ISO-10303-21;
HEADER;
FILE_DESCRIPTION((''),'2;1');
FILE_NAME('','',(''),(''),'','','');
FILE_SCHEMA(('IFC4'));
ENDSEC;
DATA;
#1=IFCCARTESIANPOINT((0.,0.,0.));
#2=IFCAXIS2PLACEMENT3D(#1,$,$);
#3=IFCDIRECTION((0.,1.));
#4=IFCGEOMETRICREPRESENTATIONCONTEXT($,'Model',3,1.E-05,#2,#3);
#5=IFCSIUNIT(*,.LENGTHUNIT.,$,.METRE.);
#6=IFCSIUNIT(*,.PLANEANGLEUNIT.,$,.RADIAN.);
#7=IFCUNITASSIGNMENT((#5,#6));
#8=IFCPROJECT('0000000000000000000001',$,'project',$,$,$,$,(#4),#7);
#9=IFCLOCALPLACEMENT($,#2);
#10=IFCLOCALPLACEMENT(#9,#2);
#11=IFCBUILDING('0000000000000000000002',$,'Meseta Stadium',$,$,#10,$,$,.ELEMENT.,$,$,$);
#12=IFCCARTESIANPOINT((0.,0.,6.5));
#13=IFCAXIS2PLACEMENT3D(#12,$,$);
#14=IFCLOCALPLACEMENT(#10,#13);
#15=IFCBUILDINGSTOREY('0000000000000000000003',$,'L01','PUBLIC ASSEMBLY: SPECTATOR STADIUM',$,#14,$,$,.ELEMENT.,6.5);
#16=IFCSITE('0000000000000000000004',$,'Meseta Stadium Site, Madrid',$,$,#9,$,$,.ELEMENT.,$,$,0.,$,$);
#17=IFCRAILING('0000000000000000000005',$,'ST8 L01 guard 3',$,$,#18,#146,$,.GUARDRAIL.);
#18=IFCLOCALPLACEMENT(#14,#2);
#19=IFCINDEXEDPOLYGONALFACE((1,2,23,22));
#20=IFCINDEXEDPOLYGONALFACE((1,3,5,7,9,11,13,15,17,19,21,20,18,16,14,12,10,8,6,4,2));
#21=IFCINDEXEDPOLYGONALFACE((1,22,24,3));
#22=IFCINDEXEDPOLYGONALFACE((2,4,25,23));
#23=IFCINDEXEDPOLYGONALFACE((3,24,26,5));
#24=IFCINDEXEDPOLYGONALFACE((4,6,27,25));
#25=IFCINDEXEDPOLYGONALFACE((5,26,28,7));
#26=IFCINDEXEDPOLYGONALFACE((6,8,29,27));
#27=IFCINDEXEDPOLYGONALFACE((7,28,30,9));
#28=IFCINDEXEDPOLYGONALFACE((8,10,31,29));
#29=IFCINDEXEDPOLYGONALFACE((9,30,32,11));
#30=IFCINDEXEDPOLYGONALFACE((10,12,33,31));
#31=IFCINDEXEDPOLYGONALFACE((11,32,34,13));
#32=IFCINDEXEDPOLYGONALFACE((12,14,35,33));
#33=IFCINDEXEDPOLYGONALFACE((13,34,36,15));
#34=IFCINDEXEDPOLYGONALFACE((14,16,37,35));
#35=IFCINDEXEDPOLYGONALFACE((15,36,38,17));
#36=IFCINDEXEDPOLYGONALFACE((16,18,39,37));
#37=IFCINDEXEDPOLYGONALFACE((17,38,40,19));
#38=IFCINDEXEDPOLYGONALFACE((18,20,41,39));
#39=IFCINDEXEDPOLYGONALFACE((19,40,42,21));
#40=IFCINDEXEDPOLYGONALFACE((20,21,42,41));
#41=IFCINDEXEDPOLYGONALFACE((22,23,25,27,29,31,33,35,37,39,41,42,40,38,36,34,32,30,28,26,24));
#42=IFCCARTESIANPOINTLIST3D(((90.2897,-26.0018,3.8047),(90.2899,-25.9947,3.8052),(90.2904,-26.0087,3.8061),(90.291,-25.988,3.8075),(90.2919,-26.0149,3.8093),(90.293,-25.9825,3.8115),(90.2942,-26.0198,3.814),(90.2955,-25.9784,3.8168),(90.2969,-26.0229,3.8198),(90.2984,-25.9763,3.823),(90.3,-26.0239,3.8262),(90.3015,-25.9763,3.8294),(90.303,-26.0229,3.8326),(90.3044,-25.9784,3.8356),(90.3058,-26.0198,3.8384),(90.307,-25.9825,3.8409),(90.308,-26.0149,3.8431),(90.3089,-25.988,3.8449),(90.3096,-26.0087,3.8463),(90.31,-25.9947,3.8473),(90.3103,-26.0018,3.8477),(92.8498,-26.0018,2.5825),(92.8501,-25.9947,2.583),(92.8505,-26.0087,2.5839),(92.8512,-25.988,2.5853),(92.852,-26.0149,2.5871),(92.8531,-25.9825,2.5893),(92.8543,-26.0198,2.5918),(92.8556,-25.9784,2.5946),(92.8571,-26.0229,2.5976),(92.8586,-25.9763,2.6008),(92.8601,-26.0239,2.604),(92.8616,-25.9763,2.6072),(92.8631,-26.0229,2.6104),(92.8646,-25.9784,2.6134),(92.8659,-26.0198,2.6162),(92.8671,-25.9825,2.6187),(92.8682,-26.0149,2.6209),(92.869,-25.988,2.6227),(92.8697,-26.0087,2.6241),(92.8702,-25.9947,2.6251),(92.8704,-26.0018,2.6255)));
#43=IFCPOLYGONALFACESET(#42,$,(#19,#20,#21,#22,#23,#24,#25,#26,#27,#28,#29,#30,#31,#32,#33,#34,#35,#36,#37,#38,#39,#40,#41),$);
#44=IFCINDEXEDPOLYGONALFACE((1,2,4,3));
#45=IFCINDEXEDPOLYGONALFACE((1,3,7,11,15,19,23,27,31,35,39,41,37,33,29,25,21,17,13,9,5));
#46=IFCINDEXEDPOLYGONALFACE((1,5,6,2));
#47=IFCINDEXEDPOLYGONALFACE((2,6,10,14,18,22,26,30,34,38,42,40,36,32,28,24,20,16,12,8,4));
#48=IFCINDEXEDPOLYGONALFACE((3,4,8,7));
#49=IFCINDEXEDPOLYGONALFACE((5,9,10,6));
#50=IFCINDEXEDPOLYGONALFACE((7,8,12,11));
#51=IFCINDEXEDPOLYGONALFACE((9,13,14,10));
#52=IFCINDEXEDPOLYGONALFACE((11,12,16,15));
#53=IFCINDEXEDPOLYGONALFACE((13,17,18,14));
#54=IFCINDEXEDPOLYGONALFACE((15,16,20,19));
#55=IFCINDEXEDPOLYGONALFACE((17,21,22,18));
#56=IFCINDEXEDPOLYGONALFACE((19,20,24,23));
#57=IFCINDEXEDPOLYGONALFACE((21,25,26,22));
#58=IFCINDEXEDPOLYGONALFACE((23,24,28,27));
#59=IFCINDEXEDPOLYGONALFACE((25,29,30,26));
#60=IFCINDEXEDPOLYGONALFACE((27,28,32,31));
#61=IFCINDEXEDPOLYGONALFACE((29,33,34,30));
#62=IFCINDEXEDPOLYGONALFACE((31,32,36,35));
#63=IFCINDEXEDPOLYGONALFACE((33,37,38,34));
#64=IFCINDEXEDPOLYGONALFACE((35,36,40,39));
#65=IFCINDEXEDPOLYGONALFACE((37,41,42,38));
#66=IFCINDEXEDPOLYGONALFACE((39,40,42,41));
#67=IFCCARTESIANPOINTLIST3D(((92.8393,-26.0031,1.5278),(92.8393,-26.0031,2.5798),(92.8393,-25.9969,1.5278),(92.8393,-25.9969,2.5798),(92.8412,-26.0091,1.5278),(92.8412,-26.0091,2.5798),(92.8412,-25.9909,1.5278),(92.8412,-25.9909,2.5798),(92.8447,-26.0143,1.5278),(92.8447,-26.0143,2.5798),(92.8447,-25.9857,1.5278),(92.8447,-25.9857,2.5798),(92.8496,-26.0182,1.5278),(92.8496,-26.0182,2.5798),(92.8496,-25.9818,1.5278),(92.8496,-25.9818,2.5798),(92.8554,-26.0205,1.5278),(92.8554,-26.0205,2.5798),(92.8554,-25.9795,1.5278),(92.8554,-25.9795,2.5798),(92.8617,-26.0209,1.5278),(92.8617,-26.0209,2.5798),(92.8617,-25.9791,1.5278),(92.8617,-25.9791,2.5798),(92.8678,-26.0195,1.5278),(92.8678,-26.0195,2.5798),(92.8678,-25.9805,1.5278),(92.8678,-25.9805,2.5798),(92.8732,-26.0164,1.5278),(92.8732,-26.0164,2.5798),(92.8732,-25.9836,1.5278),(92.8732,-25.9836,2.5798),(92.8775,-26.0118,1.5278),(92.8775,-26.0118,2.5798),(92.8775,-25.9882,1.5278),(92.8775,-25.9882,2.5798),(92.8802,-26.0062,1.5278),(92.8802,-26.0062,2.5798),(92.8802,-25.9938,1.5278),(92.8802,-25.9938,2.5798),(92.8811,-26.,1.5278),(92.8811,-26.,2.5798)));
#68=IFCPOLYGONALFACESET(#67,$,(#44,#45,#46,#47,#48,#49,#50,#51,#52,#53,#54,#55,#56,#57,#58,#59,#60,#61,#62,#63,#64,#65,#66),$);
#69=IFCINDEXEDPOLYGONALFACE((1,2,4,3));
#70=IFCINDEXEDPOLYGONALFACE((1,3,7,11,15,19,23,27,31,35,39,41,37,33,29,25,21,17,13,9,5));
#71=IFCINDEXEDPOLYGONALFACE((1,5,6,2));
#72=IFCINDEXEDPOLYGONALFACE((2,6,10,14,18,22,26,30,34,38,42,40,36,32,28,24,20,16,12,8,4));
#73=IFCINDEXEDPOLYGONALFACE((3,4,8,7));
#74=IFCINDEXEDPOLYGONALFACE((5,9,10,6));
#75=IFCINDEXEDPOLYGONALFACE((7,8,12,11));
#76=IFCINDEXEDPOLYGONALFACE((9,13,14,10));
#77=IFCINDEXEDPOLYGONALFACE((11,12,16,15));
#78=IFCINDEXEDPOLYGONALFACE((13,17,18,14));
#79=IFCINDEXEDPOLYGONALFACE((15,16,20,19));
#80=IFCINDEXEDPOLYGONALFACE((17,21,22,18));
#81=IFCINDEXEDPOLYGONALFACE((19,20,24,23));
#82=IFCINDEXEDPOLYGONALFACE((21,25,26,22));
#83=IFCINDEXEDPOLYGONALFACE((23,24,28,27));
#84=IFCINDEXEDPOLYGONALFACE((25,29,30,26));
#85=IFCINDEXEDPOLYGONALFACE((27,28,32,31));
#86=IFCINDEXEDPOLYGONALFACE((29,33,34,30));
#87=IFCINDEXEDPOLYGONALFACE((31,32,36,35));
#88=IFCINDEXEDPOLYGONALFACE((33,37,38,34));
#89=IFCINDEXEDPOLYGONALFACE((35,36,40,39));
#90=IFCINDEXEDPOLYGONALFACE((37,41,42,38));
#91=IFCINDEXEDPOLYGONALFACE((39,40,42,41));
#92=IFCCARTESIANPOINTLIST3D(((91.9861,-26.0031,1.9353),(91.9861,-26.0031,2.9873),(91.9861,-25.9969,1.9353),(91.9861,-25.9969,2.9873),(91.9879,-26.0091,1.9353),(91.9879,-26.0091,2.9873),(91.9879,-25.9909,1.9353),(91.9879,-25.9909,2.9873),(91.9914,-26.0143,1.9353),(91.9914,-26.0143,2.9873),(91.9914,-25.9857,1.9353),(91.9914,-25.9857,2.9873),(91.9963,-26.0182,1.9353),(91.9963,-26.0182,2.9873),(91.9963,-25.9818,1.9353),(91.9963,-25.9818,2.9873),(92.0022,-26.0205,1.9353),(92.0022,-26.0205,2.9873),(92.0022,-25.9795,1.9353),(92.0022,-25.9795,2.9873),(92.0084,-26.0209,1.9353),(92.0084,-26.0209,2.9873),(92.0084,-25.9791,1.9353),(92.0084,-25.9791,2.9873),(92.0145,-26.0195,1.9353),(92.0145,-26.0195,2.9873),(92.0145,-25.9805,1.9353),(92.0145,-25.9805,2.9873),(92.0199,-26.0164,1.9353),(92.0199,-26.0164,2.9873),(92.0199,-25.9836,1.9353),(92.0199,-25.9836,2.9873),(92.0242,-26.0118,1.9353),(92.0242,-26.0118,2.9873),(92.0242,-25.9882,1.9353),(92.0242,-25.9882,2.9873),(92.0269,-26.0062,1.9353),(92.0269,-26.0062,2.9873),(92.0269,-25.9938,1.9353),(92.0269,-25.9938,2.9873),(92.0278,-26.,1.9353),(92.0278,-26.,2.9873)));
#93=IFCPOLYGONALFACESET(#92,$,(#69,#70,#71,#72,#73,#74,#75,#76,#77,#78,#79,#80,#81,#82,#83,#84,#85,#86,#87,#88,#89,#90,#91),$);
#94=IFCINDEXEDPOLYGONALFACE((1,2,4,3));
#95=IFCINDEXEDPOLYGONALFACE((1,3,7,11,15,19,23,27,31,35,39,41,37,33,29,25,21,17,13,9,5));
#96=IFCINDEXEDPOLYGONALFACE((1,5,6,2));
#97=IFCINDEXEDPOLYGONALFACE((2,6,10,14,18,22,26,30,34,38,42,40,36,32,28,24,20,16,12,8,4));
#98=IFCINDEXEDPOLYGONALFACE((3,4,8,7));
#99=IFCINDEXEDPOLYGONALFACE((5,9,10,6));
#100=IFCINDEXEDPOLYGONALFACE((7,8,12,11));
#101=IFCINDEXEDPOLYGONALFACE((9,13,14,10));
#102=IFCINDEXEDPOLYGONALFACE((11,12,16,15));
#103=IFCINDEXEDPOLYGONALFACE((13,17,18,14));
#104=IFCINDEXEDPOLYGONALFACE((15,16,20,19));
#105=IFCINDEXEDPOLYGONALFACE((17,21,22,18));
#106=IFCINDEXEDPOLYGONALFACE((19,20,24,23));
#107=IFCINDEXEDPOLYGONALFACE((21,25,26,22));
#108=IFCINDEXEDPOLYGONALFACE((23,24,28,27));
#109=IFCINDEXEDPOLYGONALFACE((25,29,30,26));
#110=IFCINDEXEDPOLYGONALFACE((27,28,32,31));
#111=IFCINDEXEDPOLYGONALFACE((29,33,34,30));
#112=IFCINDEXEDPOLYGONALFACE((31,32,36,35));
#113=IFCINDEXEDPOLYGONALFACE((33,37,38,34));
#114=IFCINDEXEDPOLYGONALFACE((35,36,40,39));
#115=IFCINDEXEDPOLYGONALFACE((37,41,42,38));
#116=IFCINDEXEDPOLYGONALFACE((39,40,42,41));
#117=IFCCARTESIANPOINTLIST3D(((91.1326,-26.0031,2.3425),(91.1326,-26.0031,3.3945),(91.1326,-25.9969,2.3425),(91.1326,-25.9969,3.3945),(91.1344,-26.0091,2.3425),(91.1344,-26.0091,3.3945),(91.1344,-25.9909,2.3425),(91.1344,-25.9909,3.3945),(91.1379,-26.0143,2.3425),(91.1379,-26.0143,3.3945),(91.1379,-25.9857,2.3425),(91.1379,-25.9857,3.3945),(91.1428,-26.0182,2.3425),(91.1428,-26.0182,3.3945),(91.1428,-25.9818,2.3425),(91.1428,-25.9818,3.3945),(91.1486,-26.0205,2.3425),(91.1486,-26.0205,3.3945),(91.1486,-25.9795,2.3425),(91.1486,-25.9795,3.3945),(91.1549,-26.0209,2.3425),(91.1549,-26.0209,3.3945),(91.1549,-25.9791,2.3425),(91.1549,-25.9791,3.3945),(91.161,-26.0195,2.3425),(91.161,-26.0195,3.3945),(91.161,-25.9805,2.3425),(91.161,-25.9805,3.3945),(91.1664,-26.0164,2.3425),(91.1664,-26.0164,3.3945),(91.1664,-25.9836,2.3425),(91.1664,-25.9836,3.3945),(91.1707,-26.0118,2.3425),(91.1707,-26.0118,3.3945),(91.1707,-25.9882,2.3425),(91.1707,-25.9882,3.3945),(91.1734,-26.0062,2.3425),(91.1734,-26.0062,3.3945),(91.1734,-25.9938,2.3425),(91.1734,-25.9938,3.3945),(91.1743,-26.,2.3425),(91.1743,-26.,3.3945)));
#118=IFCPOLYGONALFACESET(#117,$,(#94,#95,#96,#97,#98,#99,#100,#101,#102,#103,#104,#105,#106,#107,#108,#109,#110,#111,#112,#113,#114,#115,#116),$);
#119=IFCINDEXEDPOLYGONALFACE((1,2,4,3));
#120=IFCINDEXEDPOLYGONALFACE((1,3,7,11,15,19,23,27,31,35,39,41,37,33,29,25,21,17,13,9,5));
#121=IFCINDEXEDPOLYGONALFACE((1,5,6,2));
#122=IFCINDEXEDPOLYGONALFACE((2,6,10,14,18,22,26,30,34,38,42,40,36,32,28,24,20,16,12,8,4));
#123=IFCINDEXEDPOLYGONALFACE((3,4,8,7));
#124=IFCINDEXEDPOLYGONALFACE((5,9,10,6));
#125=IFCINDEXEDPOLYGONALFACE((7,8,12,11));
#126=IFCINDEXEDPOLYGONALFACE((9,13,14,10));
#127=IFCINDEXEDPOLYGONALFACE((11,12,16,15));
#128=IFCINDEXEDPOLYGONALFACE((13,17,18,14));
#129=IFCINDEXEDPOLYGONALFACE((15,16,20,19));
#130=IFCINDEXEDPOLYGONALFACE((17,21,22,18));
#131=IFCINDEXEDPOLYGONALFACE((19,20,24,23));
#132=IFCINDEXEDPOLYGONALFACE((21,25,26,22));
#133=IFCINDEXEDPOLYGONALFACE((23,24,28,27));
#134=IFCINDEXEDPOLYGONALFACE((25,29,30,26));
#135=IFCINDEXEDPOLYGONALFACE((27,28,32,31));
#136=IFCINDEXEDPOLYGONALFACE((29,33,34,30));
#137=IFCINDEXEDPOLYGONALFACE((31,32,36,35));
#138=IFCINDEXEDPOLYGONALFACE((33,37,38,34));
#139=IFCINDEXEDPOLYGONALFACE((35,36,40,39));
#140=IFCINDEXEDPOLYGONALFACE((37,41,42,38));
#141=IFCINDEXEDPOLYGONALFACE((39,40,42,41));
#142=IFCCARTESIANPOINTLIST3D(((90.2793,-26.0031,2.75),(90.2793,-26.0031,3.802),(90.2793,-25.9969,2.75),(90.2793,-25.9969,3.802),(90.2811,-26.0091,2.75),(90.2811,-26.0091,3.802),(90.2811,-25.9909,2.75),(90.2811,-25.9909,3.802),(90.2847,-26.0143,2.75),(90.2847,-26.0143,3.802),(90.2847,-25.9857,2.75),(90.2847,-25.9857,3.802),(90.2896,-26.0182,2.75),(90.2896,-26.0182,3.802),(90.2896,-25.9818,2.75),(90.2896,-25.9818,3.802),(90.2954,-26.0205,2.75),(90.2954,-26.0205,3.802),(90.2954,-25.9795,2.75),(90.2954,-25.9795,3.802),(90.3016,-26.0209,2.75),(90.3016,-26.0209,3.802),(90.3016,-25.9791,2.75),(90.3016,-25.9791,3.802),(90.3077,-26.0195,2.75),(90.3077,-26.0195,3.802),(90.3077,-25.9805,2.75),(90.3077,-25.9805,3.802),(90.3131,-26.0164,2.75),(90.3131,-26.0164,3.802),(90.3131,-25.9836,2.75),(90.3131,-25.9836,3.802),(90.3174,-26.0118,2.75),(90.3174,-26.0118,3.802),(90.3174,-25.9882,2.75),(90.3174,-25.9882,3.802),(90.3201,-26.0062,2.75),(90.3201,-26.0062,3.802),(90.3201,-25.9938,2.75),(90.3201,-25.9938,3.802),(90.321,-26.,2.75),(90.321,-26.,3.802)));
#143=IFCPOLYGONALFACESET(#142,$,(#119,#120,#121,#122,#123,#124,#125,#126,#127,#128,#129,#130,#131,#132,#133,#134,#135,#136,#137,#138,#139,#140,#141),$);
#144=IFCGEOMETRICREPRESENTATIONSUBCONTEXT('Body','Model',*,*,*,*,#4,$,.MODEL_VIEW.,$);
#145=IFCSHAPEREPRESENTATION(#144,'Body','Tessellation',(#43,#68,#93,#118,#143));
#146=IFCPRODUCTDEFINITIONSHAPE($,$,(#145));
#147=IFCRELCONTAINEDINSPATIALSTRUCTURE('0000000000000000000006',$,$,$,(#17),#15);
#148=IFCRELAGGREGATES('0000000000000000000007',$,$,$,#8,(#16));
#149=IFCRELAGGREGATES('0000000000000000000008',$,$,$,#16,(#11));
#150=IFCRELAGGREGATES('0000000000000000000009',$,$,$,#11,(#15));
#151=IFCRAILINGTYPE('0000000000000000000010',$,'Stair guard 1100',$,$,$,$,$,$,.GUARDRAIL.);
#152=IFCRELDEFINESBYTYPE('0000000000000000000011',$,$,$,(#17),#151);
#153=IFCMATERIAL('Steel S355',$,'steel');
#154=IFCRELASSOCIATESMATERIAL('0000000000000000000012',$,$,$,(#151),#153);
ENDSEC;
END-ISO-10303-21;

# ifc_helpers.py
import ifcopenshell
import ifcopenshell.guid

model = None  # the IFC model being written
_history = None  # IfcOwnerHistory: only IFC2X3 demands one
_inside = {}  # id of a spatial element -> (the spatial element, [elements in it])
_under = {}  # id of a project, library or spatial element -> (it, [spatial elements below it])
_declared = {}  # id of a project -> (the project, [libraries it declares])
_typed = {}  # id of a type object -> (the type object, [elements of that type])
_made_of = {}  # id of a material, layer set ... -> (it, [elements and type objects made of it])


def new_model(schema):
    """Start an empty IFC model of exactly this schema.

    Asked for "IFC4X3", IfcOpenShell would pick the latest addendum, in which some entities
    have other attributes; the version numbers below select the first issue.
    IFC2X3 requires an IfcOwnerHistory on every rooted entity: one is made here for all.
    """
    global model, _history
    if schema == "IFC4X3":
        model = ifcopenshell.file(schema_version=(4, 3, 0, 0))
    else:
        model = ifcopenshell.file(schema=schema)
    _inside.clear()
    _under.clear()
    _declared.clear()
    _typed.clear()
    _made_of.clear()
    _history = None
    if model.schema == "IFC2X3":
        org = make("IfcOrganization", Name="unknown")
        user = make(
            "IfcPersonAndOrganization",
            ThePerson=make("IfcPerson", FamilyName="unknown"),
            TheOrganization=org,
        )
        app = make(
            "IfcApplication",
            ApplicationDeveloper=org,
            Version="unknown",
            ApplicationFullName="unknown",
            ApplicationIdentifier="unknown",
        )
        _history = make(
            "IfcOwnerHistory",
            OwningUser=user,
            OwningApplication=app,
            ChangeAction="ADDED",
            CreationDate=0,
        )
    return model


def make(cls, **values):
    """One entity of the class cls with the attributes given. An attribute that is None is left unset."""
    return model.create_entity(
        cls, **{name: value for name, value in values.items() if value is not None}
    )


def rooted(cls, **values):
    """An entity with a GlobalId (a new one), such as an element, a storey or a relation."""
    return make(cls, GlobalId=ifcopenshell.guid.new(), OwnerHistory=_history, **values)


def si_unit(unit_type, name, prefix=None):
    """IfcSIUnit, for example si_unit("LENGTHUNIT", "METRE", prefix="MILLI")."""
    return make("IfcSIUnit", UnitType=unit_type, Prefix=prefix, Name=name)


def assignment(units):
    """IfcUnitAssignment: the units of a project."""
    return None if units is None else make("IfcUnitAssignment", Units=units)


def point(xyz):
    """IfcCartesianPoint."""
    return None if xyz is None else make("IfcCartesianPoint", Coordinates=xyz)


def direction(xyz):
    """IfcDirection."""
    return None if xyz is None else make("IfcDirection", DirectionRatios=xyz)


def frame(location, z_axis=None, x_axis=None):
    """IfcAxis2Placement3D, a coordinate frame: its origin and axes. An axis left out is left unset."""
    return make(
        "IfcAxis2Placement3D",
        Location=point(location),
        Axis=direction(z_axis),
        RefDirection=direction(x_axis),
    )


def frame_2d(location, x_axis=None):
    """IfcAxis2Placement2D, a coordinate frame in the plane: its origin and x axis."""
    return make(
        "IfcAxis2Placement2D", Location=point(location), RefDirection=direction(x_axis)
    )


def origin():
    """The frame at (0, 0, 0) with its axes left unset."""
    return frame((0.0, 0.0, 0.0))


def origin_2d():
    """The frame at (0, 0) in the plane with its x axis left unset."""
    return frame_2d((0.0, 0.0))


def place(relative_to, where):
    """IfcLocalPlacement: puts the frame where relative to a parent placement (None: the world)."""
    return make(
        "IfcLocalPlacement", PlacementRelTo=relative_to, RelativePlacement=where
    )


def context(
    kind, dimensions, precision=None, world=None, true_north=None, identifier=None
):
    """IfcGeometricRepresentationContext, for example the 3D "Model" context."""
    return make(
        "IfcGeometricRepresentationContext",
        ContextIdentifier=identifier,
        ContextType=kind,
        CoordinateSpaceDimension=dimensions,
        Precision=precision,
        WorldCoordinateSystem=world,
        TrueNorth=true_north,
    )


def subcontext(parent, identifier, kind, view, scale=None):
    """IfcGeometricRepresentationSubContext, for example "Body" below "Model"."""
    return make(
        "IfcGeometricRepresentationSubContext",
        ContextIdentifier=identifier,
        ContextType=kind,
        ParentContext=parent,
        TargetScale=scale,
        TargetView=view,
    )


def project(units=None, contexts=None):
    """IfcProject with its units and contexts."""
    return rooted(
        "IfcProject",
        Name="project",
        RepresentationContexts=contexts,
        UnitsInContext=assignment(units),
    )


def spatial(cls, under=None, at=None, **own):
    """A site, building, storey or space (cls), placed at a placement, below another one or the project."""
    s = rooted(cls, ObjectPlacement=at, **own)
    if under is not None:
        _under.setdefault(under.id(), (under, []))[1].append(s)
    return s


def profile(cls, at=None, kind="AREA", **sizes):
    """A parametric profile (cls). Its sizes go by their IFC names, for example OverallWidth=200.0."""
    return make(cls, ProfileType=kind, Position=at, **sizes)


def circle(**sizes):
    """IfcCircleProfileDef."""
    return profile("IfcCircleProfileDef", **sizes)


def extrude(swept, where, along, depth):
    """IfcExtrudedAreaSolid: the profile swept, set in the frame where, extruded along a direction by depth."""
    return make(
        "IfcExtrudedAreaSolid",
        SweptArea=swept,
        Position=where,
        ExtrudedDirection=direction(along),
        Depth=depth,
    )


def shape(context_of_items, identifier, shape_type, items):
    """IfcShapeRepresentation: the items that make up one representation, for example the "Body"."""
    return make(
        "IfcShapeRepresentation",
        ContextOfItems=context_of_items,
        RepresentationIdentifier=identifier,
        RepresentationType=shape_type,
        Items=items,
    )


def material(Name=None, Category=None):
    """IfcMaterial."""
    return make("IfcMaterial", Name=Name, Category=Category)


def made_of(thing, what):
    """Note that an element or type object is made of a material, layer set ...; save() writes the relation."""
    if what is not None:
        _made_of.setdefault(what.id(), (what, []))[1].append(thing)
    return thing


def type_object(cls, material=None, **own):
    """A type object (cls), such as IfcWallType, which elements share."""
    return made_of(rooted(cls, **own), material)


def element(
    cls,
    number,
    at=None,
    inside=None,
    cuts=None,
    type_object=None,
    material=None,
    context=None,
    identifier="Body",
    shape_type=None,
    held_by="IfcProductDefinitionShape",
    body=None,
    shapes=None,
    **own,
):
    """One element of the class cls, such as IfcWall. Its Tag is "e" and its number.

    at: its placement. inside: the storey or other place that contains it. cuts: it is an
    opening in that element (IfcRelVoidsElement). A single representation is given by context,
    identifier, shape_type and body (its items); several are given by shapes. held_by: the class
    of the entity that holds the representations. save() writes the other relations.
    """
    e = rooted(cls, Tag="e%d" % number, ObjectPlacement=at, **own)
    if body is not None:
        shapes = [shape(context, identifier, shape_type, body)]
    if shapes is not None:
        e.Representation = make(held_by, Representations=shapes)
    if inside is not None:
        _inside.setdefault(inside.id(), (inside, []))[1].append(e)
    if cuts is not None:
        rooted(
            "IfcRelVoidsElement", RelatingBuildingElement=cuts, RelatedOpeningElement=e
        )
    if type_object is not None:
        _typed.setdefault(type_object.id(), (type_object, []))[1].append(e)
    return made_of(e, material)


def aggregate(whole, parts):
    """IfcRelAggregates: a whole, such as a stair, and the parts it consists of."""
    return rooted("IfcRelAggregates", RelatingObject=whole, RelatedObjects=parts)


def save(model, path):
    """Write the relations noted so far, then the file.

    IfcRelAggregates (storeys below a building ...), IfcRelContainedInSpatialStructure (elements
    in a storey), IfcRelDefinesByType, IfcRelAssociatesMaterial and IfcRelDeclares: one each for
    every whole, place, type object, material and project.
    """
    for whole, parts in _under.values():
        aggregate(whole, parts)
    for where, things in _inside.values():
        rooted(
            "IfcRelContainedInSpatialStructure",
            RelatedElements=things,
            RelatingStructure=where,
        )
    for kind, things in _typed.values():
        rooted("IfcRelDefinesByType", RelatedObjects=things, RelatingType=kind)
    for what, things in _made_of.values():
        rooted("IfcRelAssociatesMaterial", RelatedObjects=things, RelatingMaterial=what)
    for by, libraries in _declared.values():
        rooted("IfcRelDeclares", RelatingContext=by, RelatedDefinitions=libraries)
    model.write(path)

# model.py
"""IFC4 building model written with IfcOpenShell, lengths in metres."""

from ifc_helpers import new_model, si_unit, direction, frame, origin, origin_2d, place, context, subcontext, project, spatial, circle, extrude, material, type_object, element, save


model = new_model("IFC4")

# Units and contexts
model_context = context("Model", 3, precision=1e-05, world=origin(), true_north=direction((0.0, 1.0)))
body_context = subcontext(model_context, "Body", "Model", "MODEL_VIEW")
ifc_project = project(units=[si_unit("LENGTHUNIT", "METRE"), si_unit("PLANEANGLEUNIT", "RADIAN")], contexts=[model_context])

# Site, building, storey
site_placement = place(None, origin())
site = spatial("IfcSite", under=ifc_project, at=site_placement, Name="Meseta Stadium Site, Madrid", CompositionType="ELEMENT", RefElevation=0.0)
building_placement = place(site_placement, origin())
building = spatial("IfcBuilding", under=site, at=building_placement, Name="Meseta Stadium", CompositionType="ELEMENT")
storey_placement = place(building_placement, frame((0.0, 0.0, 6.5)))
storey = spatial("IfcBuildingStorey", under=building, at=storey_placement, Name="L01", Description="PUBLIC ASSEMBLY: SPECTATOR STADIUM", CompositionType="ELEMENT", Elevation=6.5)

# Railing
ifc_material_1 = material(Name="Steel S355", Category="steel")
railing_type_1 = type_object("IfcRailingType", Name="Stair guard 1100", PredefinedType="GUARDRAIL", material=ifc_material_1)
railing_1_placement = place(storey_placement, frame((92.8601, -26.0, 1.5278)))
element("IfcRailing", 1, at=railing_1_placement, inside=storey, type_object=railing_type_1, Name="ST8 L01 guard 3", PredefinedType="GUARDRAIL", context=body_context, shape_type="SweptSolid", body=[
    extrude(circle(Radius=0.0239, at=origin_2d()), frame((0.0, 0.0, 1.0762), z_axis=(-0.902437, 0.0, 0.430822), x_axis=(0.0, -1.0, 0.0)), (0.0, 0.0, 1.0), 2.8369),
    extrude(circle(Radius=0.021, at=origin_2d()), origin(), (0.0, 0.0, 1.0), 1.052),
    extrude(circle(Radius=0.021, at=origin_2d()), frame((-0.8533, 0.0, 0.4075)), (0.0, 0.0, 1.0), 1.052),
    extrude(circle(Radius=0.021, at=origin_2d()), frame((-1.7068, 0.0, 0.8147)), (0.0, 0.0, 1.0), 1.052),
    extrude(circle(Radius=0.021, at=origin_2d()), frame((-2.5601, 0.0, 1.2222)), (0.0, 0.0, 1.0), 1.052),
])

save(model, "model.ifc")
